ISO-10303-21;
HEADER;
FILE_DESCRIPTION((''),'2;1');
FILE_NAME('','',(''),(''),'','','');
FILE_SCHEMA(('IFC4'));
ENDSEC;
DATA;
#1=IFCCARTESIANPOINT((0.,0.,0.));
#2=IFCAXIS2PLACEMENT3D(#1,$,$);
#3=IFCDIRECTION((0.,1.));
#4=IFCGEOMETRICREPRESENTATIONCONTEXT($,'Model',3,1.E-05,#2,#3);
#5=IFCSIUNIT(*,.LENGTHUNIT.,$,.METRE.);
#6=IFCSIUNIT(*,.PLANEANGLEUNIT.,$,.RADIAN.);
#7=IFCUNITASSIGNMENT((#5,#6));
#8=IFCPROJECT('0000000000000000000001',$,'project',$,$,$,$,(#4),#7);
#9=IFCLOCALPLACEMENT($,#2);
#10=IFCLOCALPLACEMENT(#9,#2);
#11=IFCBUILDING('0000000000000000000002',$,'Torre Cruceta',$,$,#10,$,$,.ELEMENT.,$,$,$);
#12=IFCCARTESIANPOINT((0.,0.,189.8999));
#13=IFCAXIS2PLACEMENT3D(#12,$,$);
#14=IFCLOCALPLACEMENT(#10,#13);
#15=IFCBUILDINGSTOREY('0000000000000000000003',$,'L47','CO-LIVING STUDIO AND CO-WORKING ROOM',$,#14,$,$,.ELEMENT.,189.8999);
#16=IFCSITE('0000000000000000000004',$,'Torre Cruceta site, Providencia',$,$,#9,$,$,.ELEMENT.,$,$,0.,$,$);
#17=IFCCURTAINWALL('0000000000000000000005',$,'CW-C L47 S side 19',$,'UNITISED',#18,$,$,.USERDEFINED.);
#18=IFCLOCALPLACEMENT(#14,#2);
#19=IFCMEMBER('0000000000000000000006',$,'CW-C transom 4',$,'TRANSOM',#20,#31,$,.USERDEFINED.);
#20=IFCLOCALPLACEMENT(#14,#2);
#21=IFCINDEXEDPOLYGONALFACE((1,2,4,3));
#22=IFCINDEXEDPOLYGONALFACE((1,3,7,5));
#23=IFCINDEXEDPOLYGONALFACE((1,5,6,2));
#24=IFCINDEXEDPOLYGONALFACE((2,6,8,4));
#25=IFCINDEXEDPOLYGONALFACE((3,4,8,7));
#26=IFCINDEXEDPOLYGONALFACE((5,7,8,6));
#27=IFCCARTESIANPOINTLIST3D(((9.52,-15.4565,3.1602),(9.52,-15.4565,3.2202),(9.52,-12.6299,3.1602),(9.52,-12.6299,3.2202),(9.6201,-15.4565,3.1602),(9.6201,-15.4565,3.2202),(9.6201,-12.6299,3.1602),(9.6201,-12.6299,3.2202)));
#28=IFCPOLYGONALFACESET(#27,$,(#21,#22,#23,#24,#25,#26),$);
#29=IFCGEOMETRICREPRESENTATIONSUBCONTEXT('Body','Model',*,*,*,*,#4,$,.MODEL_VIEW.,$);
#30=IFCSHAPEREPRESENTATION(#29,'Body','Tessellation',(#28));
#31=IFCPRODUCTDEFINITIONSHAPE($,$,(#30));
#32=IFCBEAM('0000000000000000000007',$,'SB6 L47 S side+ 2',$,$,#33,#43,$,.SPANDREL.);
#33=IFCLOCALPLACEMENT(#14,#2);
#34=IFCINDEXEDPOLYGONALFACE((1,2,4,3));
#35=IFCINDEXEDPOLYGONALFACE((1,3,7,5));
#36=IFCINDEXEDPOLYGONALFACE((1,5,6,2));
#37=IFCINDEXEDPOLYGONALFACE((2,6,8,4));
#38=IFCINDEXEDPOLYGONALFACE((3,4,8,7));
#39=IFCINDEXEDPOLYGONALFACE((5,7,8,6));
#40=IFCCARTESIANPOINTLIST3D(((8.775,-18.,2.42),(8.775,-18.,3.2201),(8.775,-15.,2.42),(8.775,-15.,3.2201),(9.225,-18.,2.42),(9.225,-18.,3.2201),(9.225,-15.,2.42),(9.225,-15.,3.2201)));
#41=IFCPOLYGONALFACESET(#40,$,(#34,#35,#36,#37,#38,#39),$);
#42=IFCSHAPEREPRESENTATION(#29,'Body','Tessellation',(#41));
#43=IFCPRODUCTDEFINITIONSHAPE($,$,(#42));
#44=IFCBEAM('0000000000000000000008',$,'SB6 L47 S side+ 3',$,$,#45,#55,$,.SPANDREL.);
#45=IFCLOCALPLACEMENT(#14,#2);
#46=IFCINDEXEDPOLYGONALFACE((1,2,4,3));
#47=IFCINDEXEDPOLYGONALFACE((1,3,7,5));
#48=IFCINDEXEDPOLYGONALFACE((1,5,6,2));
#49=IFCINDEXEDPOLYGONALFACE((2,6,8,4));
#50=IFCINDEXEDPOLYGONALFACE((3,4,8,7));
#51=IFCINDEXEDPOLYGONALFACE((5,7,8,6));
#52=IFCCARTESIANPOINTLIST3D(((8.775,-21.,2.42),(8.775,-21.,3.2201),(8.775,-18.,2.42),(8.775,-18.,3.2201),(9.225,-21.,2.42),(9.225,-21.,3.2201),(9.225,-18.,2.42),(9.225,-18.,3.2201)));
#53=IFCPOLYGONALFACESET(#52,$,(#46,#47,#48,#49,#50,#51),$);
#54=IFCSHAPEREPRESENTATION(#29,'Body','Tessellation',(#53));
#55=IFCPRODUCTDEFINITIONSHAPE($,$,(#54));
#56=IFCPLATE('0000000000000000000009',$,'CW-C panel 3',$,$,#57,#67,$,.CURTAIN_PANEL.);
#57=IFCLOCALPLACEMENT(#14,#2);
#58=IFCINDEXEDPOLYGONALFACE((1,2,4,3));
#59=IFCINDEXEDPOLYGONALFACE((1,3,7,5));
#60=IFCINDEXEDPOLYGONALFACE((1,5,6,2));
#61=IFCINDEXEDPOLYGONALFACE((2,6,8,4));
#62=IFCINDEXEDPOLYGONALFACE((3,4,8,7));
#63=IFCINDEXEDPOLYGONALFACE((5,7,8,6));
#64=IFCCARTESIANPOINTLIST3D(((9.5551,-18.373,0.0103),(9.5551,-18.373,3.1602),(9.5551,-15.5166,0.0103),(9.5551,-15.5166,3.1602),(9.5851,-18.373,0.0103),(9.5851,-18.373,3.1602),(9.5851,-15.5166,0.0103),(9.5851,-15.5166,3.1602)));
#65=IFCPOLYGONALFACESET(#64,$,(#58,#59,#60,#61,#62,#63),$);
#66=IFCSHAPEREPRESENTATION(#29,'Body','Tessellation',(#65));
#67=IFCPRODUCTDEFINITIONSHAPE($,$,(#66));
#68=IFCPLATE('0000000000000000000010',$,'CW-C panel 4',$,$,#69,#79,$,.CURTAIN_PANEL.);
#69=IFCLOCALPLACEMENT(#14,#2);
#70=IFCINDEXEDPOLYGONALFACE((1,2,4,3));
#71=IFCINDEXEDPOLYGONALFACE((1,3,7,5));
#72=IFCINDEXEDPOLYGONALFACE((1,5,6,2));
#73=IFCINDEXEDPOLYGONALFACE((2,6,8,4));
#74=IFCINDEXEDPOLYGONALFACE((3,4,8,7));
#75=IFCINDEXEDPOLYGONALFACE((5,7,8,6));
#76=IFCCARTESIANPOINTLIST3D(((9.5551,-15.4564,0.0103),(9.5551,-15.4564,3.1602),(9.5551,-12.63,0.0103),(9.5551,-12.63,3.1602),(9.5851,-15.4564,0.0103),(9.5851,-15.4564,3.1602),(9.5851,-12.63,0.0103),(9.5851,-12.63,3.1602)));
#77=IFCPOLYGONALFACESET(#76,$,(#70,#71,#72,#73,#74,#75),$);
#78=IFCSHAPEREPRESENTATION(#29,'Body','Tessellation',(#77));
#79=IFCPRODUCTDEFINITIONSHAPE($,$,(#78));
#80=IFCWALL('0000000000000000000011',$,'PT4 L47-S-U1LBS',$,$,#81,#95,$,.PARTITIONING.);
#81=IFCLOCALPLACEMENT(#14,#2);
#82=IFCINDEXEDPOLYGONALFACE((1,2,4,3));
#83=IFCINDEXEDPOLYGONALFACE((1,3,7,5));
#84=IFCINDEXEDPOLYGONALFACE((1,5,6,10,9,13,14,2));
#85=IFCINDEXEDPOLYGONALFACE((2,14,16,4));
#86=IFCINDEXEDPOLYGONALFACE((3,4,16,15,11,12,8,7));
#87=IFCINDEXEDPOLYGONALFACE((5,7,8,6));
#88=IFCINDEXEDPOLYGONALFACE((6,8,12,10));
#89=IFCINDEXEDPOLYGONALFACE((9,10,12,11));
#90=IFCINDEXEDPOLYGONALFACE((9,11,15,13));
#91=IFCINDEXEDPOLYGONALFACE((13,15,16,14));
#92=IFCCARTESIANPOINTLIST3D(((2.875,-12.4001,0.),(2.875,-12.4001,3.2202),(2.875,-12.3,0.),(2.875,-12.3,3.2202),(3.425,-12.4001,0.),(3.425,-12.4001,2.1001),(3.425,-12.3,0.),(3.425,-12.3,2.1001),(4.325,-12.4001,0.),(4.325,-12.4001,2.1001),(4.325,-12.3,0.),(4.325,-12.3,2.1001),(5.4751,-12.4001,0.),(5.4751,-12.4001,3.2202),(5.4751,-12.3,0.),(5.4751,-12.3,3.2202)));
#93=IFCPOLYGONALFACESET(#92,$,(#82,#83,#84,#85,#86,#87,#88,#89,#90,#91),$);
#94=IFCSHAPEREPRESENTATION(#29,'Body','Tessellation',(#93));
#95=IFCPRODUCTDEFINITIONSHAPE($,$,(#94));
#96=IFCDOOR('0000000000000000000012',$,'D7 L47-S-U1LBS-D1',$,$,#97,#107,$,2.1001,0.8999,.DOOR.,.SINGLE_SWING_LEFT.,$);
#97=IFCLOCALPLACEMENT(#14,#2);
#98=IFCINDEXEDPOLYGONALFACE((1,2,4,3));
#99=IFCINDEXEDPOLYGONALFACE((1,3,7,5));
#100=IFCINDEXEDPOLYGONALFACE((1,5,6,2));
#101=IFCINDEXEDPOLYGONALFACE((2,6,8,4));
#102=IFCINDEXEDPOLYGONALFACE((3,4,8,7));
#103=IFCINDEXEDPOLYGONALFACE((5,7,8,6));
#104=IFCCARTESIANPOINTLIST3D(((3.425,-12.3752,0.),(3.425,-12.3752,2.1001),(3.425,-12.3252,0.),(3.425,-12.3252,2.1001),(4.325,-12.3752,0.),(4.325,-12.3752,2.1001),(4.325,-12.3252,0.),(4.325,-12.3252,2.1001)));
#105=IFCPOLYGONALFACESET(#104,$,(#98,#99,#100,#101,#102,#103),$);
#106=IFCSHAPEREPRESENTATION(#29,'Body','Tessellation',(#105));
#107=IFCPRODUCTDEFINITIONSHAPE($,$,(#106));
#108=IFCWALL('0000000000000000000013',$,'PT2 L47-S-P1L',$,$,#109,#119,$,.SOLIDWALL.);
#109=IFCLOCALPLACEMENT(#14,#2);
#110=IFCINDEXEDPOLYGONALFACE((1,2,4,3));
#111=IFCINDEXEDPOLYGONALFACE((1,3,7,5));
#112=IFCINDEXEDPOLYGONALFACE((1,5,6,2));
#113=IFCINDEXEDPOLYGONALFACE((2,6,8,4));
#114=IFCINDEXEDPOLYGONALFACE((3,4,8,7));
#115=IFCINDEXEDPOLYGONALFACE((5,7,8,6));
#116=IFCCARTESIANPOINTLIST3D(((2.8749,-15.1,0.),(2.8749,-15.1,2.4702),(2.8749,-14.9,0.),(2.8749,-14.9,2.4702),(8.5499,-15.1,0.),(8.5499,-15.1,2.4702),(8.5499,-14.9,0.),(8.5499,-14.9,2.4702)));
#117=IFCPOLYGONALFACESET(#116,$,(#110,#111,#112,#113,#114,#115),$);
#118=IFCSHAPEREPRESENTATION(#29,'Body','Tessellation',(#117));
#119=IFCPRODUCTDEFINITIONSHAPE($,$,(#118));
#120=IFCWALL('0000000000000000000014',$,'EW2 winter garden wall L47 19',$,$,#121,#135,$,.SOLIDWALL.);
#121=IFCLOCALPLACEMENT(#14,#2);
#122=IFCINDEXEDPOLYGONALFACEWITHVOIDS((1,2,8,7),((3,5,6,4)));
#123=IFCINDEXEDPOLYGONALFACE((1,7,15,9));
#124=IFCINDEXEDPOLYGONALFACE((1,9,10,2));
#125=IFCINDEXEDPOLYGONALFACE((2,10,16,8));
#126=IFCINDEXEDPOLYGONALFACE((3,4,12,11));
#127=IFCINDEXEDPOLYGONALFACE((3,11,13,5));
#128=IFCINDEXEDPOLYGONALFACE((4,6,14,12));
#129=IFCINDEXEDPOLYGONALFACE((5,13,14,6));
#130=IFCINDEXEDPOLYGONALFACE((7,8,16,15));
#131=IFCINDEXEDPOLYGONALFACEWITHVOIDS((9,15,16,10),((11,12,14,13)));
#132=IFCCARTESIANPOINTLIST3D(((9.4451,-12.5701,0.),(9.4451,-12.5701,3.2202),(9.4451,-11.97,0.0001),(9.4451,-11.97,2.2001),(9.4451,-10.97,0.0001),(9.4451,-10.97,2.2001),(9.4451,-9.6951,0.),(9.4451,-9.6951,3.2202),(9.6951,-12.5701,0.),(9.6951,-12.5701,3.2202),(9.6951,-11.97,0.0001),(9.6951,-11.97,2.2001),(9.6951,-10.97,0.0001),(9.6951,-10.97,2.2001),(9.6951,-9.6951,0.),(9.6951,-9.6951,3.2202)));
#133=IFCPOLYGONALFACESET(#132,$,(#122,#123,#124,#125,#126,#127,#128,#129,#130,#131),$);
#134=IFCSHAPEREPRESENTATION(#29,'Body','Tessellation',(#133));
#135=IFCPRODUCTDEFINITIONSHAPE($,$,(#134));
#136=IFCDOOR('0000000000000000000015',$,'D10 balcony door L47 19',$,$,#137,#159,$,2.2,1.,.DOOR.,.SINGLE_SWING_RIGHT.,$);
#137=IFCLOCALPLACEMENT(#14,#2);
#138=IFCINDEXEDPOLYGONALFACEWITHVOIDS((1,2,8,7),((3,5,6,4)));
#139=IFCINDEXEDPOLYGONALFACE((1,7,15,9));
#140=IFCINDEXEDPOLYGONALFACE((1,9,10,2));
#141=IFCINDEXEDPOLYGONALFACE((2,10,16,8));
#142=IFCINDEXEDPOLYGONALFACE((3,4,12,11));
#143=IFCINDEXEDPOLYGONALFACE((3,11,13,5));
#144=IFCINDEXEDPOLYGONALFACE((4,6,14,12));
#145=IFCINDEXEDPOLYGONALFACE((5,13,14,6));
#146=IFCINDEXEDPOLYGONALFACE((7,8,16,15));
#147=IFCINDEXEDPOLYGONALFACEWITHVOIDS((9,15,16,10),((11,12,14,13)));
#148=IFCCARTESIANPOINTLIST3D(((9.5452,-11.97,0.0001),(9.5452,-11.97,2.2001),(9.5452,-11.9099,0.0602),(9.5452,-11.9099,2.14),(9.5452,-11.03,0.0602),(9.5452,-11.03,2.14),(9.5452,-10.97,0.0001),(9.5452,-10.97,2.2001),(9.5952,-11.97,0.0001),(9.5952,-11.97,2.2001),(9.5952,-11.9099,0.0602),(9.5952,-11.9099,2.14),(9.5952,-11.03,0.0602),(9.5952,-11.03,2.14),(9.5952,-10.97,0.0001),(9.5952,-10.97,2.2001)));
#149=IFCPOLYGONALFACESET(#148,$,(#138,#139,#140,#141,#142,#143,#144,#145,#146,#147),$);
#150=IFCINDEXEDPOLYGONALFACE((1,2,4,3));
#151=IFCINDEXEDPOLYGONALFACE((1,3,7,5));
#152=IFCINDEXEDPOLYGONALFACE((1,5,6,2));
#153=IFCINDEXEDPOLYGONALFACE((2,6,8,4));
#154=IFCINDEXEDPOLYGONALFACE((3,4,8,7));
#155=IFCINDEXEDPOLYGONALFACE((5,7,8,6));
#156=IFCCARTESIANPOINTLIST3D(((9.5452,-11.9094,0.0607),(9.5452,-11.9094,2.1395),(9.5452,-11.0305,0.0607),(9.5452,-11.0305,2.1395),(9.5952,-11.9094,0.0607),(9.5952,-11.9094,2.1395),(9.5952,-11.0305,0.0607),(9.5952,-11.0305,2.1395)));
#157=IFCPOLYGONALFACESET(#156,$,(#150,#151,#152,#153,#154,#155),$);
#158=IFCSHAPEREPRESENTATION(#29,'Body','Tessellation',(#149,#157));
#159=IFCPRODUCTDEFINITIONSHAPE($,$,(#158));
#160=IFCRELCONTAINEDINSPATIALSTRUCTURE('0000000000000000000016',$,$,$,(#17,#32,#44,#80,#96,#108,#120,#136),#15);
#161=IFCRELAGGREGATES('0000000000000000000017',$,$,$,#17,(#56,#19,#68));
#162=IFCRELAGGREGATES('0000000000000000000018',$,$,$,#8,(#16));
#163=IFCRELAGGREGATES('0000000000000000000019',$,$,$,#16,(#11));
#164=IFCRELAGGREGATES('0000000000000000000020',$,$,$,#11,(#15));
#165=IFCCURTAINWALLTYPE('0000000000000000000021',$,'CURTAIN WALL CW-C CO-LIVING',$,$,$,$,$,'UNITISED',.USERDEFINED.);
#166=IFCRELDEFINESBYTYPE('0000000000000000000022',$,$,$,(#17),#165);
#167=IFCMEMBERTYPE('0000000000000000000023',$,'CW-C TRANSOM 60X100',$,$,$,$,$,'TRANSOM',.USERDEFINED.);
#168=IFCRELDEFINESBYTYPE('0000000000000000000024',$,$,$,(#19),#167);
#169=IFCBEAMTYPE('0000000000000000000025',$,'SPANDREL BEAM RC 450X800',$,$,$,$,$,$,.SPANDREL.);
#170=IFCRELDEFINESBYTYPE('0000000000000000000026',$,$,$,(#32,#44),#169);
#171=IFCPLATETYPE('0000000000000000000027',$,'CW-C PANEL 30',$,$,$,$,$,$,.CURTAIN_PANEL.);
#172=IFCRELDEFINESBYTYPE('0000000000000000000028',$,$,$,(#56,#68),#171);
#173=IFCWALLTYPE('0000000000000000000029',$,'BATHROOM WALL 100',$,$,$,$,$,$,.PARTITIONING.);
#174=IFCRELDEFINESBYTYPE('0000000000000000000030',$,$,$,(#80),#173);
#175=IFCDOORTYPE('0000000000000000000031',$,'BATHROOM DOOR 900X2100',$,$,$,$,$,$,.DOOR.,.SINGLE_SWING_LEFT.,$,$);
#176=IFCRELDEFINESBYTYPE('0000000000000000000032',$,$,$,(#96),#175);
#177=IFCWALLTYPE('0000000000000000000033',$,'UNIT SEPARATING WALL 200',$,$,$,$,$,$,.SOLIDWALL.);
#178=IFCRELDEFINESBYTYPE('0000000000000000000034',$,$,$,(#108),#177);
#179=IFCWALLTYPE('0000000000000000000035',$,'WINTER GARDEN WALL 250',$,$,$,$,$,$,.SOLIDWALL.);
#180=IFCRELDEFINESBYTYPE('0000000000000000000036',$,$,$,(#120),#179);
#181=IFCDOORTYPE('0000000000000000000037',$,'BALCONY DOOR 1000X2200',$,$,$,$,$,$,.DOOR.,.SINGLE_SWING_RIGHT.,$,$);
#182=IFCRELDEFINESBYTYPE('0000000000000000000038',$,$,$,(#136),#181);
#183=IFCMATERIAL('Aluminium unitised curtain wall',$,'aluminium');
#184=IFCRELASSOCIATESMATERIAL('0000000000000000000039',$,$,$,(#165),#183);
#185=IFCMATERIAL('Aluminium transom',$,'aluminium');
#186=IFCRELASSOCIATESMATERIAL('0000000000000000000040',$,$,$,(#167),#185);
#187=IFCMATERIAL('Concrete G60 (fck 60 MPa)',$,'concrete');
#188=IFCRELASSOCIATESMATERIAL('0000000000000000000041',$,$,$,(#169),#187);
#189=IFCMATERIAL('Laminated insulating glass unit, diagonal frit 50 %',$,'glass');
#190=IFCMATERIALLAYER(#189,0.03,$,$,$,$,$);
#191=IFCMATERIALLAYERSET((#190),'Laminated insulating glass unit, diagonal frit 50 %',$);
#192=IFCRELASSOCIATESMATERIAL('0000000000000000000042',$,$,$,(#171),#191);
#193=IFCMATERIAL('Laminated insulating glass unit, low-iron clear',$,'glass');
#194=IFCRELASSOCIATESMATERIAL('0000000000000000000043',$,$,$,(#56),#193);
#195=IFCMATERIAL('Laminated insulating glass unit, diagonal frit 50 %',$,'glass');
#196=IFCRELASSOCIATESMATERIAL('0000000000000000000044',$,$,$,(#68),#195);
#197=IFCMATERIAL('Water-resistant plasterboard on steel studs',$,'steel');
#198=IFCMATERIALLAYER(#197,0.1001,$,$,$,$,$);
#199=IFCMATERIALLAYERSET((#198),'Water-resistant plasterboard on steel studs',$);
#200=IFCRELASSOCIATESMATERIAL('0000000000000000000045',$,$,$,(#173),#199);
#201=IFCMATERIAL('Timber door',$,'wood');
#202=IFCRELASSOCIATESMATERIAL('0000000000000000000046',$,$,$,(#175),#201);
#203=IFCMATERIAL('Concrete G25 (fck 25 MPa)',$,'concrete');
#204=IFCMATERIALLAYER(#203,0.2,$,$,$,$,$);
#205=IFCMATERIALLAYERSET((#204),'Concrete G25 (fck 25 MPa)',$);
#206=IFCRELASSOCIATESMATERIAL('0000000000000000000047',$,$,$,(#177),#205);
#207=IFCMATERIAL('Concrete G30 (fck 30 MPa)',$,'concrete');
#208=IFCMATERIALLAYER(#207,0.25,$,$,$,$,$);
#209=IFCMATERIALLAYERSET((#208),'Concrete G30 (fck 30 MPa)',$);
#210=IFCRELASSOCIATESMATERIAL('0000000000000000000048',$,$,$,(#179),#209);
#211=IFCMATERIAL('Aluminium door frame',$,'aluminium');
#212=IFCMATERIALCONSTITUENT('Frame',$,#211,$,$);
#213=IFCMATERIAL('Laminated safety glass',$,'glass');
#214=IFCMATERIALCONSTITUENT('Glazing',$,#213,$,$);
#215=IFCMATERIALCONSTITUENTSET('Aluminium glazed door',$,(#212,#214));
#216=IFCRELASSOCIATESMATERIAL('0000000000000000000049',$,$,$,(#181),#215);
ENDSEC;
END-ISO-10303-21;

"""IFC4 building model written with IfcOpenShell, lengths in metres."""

from ifc_helpers import new_model, si_unit, direction, frame, frame_2d, origin, origin_2d, place, context, subcontext, project, spatial, rectangle, hollow_rectangle, extrude, material, layer, layer_set, constituent, constituent_set, material_profile, profile_set, type_object, element, fill, aggregate, save


model = new_model("IFC4")

# Units and contexts
model_context = context("Model", 3, precision=1e-05, world=origin(), true_north=direction((0.0, 1.0)))
body_context = subcontext(model_context, "Body", "Model", "MODEL_VIEW")
ifc_project = project(units=[si_unit("LENGTHUNIT", "METRE"), si_unit("PLANEANGLEUNIT", "RADIAN")], contexts=[model_context])

# Site, building, storey
site_placement = place(None, origin())
site = spatial("IfcSite", under=ifc_project, at=site_placement, Name="Torre Cruceta site, Providencia", CompositionType="ELEMENT", RefElevation=0.0)
building_placement = place(site_placement, origin())
building = spatial("IfcBuilding", under=site, at=building_placement, Name="Torre Cruceta", CompositionType="ELEMENT")
storey_placement = place(building_placement, frame((0.0, 0.0, 189.8999)))
storey = spatial("IfcBuildingStorey", under=building, at=storey_placement, Name="L47", Description="CO-LIVING STUDIO AND CO-WORKING ROOM", CompositionType="ELEMENT", Elevation=189.8999)

# Curtain wall, member
ifc_material_1 = material(Name="Aluminium unitised curtain wall", Category="aluminium")
curtain_wall_type = type_object("IfcCurtainWallType", Name="CURTAIN WALL CW-C CO-LIVING", ElementType="UNITISED", PredefinedType="USERDEFINED", material=ifc_material_1)
curtain_wall_placement = place(storey_placement, origin())
curtain_wall = element("IfcCurtainWall", 1, at=curtain_wall_placement, inside=storey, type_object=curtain_wall_type, Name="CW-C L47 S side 19", ObjectType="UNITISED", PredefinedType="USERDEFINED")
ifc_material_2 = material(Name="Aluminium transom", Category="aluminium")
ifc_material_profile_1 = material_profile(ifc_material_2, rectangle(XDim=0.1001, YDim=0.0601, at=origin_2d()), Name="AL 100X60")
ifc_profile_set_1 = profile_set([ifc_material_profile_1], Name="Aluminium transom")
member_type_1 = type_object("IfcMemberType", Name="CW-C TRANSOM 60X100", ElementType="TRANSOM", PredefinedType="USERDEFINED", material=ifc_profile_set_1)
member_1_placement = place(storey_placement, frame((9.5701, -15.4565, 3.1902), z_axis=(0.0, 1.0, 0.0), x_axis=(-1.0, 0.0, 0.0)))
member_1 = element("IfcMember", 2, at=member_1_placement, type_object=member_type_1, Name="CW-C transom 4", ObjectType="TRANSOM", PredefinedType="USERDEFINED", context=body_context, shape_type="SweptSolid", body=[
    extrude(rectangle(XDim=0.1001, YDim=0.0601, at=origin_2d()), origin(), (0.0, 0.0, 1.0), 2.8267),
])

# Beams
ifc_material_3 = material(Name="Concrete G60 (fck 60 MPa)", Category="concrete")
ifc_material_profile_2 = material_profile(ifc_material_3, rectangle(XDim=0.45, YDim=0.8, at=origin_2d()), Name="RC 450X800")
ifc_profile_set_2 = profile_set([ifc_material_profile_2], Name="Concrete G60 (fck 60 MPa)")
beam_type_1 = type_object("IfcBeamType", Name="SPANDREL BEAM RC 450X800", PredefinedType="SPANDREL", material=ifc_profile_set_2)
for number, where, z_axis, x_axis, name in (
    (3, (9.0, -15.0, 2.8201), (0.0, -1.0, 0.0), (1.0, 0.0, 0.0), "SB6 L47 S side+ 2"),
    (4, (9.0, -18.0, 2.8201), (0.0, -1.0, 0.0), (1.0, 0.0, 0.0), "SB6 L47 S side+ 3"),
):
    element("IfcBeam", number, at=place(storey_placement, frame(where, z_axis=z_axis, x_axis=x_axis)), inside=storey, type_object=beam_type_1, Name=name, PredefinedType="SPANDREL", context=body_context, shape_type="SweptSolid", body=[
        extrude(rectangle(XDim=0.45, YDim=0.8, at=origin_2d()), origin(), (0.0, 0.0, 1.0), 3.0),
    ])

# Plates
ifc_material_4 = material(Name="Laminated insulating glass unit, low-iron clear", Category="glass")
ifc_material_5 = material(Name="Laminated insulating glass unit, diagonal frit 50 %", Category="glass")
ifc_layer_1 = layer(ifc_material_5, 0.03)
ifc_layer_set_1 = layer_set([ifc_layer_1], Name="Laminated insulating glass unit, diagonal frit 50 %")
plate_type = type_object("IfcPlateType", Name="CW-C PANEL 30", PredefinedType="CURTAIN_PANEL", material=ifc_layer_set_1)
plate_1_placement = place(storey_placement, frame((9.5701, -16.9448, 0.0103), z_axis=(0.0, 0.0, 1.0), x_axis=(0.0, 1.0, 0.0)))
plate_1 = element("IfcPlate", 5, at=plate_1_placement, type_object=plate_type, material=ifc_material_4, Name="CW-C panel 3", PredefinedType="CURTAIN_PANEL", context=body_context, shape_type="SweptSolid", body=[
    extrude(rectangle(XDim=2.8564, YDim=0.03, at=origin_2d()), origin(), (0.0, 0.0, 1.0), 3.1499),
])
ifc_material_6 = material(Name="Laminated insulating glass unit, diagonal frit 50 %", Category="glass")
plate_2_placement = place(storey_placement, frame((9.5701, -14.0432, 0.0103), z_axis=(0.0, 0.0, 1.0), x_axis=(0.0, 1.0, 0.0)))
plate_2 = element("IfcPlate", 6, at=plate_2_placement, type_object=plate_type, material=ifc_material_6, Name="CW-C panel 4", PredefinedType="CURTAIN_PANEL", context=body_context, shape_type="SweptSolid", body=[
    extrude(rectangle(XDim=2.8264, YDim=0.03, at=origin_2d()), origin(), (0.0, 0.0, 1.0), 3.1499),
])
aggregate(curtain_wall, [plate_1, member_1, plate_2])

# Wall, opening, door
ifc_material_7 = material(Name="Water-resistant plasterboard on steel studs", Category="steel")
ifc_layer_2 = layer(ifc_material_7, 0.1001)
ifc_layer_set_2 = layer_set([ifc_layer_2], Name="Water-resistant plasterboard on steel studs")
wall_type_1 = type_object("IfcWallType", Name="BATHROOM WALL 100", PredefinedType="PARTITIONING", material=ifc_layer_set_2)
wall_1_placement = place(storey_placement, frame((2.875, -12.3501, 0.0), z_axis=(0.0, 0.0, 1.0), x_axis=(1.0, 0.0, 0.0)))
wall_1 = element("IfcWall", 7, at=wall_1_placement, inside=storey, type_object=wall_type_1, Name="PT4 L47-S-U1LBS", PredefinedType="PARTITIONING", context=body_context, shape_type="SweptSolid", body=[
    extrude(rectangle(XDim=2.6001, YDim=0.1001, at=frame_2d((1.3, 0.0))), origin(), (0.0, 0.0, 1.0), 3.2202),
])
opening_1_placement = place(wall_1_placement, frame((0.55, 0.0, 0.0)))
opening_1 = element("IfcOpeningElement", 8, at=opening_1_placement, cuts=wall_1, PredefinedType="OPENING", context=body_context, shape_type="SweptSolid", body=[
    extrude(rectangle(XDim=0.8999, YDim=2.1001, at=frame_2d((0.45, 1.05))), frame((0.0, 0.0601, 0.0), z_axis=(0.0, -1.0, 0.0), x_axis=(1.0, 0.0, 0.0)), (0.0, 0.0, 1.0), 0.1201),
])
ifc_material_8 = material(Name="Timber door", Category="wood")
door_type_1 = type_object("IfcDoorType", Name="BATHROOM DOOR 900X2100", OperationType="SINGLE_SWING_LEFT", PredefinedType="DOOR", material=ifc_material_8)
door_1_placement = place(opening_1_placement, origin())
door_1 = element("IfcDoor", 9, at=door_1_placement, inside=storey, type_object=door_type_1, Name="D7 L47-S-U1LBS-D1", OperationType="SINGLE_SWING_LEFT", OverallHeight=2.1001, OverallWidth=0.8999, PredefinedType="DOOR", context=body_context, shape_type="SweptSolid", body=[
    extrude(rectangle(XDim=0.8999, YDim=2.1001, at=frame_2d((0.45, 1.05))), frame((0.0, 0.0249, 0.0), z_axis=(0.0, -1.0, 0.0), x_axis=(1.0, 0.0, 0.0)), (0.0, 0.0, 1.0), 0.05),
])
fill(opening_1, door_1)

# Wall
ifc_material_9 = material(Name="Concrete G25 (fck 25 MPa)", Category="concrete")
ifc_layer_3 = layer(ifc_material_9, 0.2)
ifc_layer_set_3 = layer_set([ifc_layer_3], Name="Concrete G25 (fck 25 MPa)")
wall_type_2 = type_object("IfcWallType", Name="UNIT SEPARATING WALL 200", PredefinedType="SOLIDWALL", material=ifc_layer_set_3)
wall_2_placement = place(storey_placement, frame((2.875, -15.0, 0.0), z_axis=(0.0, 0.0, 1.0), x_axis=(1.0, 0.0, 0.0)))
element("IfcWall", 10, at=wall_2_placement, inside=storey, type_object=wall_type_2, Name="PT2 L47-S-P1L", PredefinedType="SOLIDWALL", context=body_context, shape_type="SweptSolid", body=[
    extrude(rectangle(XDim=5.675, YDim=0.2, at=frame_2d((2.8374, 0.0))), origin(), (0.0, 0.0, 1.0), 2.4702),
])

# Wall, opening, door
ifc_material_10 = material(Name="Concrete G30 (fck 30 MPa)", Category="concrete")
ifc_layer_4 = layer(ifc_material_10, 0.25)
ifc_layer_set_4 = layer_set([ifc_layer_4], Name="Concrete G30 (fck 30 MPa)")
wall_type_3 = type_object("IfcWallType", Name="WINTER GARDEN WALL 250", PredefinedType="SOLIDWALL", material=ifc_layer_set_4)
wall_3_placement = place(storey_placement, frame((9.5701, -12.5701, 0.0), z_axis=(0.0, 0.0, 1.0), x_axis=(0.0, 1.0, 0.0)))
wall_3 = element("IfcWall", 11, at=wall_3_placement, inside=storey, type_object=wall_type_3, Name="EW2 winter garden wall L47 19", PredefinedType="SOLIDWALL", context=body_context, shape_type="SweptSolid", body=[
    extrude(rectangle(XDim=2.875, YDim=0.25, at=frame_2d((1.4375, 0.0))), origin(), (0.0, 0.0, 1.0), 3.2202),
])
opening_2_placement = place(wall_3_placement, frame((0.6001, 0.0, 0.0)))
opening_2 = element("IfcOpeningElement", 12, at=opening_2_placement, cuts=wall_3, PredefinedType="OPENING", context=body_context, shape_type="SweptSolid", body=[
    extrude(rectangle(XDim=1.0, YDim=2.2, at=frame_2d((0.5, 1.1001))), frame((0.0, 0.135, 0.0), z_axis=(0.0, -1.0, 0.0), x_axis=(1.0, 0.0, 0.0)), (0.0, 0.0, 1.0), 0.27),
])
ifc_material_11 = material(Name="Aluminium door frame", Category="aluminium")
ifc_constituent_1 = constituent(ifc_material_11, Name="Frame")
ifc_material_12 = material(Name="Laminated safety glass", Category="glass")
ifc_constituent_2 = constituent(ifc_material_12, Name="Glazing")
ifc_constituent_set_1 = constituent_set(constituents=[ifc_constituent_1, ifc_constituent_2], Name="Aluminium glazed door")
door_type_2 = type_object("IfcDoorType", Name="BALCONY DOOR 1000X2200", OperationType="SINGLE_SWING_RIGHT", PredefinedType="DOOR", material=ifc_constituent_set_1)
door_2_placement = place(opening_2_placement, origin())
door_2 = element("IfcDoor", 13, at=door_2_placement, inside=storey, type_object=door_type_2, Name="D10 balcony door L47 19", OperationType="SINGLE_SWING_RIGHT", OverallHeight=2.2, OverallWidth=1.0, PredefinedType="DOOR", context=body_context, shape_type="SweptSolid", body=[
    extrude(hollow_rectangle(XDim=1.0, YDim=2.2, WallThickness=0.0601, at=frame_2d((0.5, 1.1001))), frame((0.0, 0.0249, 0.0), z_axis=(0.0, -1.0, 0.0), x_axis=(1.0, 0.0, 0.0)), (0.0, 0.0, 1.0), 0.05),
    extrude(rectangle(XDim=0.8789, YDim=2.0789, at=frame_2d((0.5, 1.1001))), frame((0.0, 0.0249, 0.0), z_axis=(0.0, -1.0, 0.0), x_axis=(1.0, 0.0, 0.0)), (0.0, 0.0, 1.0), 0.05),
])
fill(opening_2, door_2)

save(model, "model.ifc")
